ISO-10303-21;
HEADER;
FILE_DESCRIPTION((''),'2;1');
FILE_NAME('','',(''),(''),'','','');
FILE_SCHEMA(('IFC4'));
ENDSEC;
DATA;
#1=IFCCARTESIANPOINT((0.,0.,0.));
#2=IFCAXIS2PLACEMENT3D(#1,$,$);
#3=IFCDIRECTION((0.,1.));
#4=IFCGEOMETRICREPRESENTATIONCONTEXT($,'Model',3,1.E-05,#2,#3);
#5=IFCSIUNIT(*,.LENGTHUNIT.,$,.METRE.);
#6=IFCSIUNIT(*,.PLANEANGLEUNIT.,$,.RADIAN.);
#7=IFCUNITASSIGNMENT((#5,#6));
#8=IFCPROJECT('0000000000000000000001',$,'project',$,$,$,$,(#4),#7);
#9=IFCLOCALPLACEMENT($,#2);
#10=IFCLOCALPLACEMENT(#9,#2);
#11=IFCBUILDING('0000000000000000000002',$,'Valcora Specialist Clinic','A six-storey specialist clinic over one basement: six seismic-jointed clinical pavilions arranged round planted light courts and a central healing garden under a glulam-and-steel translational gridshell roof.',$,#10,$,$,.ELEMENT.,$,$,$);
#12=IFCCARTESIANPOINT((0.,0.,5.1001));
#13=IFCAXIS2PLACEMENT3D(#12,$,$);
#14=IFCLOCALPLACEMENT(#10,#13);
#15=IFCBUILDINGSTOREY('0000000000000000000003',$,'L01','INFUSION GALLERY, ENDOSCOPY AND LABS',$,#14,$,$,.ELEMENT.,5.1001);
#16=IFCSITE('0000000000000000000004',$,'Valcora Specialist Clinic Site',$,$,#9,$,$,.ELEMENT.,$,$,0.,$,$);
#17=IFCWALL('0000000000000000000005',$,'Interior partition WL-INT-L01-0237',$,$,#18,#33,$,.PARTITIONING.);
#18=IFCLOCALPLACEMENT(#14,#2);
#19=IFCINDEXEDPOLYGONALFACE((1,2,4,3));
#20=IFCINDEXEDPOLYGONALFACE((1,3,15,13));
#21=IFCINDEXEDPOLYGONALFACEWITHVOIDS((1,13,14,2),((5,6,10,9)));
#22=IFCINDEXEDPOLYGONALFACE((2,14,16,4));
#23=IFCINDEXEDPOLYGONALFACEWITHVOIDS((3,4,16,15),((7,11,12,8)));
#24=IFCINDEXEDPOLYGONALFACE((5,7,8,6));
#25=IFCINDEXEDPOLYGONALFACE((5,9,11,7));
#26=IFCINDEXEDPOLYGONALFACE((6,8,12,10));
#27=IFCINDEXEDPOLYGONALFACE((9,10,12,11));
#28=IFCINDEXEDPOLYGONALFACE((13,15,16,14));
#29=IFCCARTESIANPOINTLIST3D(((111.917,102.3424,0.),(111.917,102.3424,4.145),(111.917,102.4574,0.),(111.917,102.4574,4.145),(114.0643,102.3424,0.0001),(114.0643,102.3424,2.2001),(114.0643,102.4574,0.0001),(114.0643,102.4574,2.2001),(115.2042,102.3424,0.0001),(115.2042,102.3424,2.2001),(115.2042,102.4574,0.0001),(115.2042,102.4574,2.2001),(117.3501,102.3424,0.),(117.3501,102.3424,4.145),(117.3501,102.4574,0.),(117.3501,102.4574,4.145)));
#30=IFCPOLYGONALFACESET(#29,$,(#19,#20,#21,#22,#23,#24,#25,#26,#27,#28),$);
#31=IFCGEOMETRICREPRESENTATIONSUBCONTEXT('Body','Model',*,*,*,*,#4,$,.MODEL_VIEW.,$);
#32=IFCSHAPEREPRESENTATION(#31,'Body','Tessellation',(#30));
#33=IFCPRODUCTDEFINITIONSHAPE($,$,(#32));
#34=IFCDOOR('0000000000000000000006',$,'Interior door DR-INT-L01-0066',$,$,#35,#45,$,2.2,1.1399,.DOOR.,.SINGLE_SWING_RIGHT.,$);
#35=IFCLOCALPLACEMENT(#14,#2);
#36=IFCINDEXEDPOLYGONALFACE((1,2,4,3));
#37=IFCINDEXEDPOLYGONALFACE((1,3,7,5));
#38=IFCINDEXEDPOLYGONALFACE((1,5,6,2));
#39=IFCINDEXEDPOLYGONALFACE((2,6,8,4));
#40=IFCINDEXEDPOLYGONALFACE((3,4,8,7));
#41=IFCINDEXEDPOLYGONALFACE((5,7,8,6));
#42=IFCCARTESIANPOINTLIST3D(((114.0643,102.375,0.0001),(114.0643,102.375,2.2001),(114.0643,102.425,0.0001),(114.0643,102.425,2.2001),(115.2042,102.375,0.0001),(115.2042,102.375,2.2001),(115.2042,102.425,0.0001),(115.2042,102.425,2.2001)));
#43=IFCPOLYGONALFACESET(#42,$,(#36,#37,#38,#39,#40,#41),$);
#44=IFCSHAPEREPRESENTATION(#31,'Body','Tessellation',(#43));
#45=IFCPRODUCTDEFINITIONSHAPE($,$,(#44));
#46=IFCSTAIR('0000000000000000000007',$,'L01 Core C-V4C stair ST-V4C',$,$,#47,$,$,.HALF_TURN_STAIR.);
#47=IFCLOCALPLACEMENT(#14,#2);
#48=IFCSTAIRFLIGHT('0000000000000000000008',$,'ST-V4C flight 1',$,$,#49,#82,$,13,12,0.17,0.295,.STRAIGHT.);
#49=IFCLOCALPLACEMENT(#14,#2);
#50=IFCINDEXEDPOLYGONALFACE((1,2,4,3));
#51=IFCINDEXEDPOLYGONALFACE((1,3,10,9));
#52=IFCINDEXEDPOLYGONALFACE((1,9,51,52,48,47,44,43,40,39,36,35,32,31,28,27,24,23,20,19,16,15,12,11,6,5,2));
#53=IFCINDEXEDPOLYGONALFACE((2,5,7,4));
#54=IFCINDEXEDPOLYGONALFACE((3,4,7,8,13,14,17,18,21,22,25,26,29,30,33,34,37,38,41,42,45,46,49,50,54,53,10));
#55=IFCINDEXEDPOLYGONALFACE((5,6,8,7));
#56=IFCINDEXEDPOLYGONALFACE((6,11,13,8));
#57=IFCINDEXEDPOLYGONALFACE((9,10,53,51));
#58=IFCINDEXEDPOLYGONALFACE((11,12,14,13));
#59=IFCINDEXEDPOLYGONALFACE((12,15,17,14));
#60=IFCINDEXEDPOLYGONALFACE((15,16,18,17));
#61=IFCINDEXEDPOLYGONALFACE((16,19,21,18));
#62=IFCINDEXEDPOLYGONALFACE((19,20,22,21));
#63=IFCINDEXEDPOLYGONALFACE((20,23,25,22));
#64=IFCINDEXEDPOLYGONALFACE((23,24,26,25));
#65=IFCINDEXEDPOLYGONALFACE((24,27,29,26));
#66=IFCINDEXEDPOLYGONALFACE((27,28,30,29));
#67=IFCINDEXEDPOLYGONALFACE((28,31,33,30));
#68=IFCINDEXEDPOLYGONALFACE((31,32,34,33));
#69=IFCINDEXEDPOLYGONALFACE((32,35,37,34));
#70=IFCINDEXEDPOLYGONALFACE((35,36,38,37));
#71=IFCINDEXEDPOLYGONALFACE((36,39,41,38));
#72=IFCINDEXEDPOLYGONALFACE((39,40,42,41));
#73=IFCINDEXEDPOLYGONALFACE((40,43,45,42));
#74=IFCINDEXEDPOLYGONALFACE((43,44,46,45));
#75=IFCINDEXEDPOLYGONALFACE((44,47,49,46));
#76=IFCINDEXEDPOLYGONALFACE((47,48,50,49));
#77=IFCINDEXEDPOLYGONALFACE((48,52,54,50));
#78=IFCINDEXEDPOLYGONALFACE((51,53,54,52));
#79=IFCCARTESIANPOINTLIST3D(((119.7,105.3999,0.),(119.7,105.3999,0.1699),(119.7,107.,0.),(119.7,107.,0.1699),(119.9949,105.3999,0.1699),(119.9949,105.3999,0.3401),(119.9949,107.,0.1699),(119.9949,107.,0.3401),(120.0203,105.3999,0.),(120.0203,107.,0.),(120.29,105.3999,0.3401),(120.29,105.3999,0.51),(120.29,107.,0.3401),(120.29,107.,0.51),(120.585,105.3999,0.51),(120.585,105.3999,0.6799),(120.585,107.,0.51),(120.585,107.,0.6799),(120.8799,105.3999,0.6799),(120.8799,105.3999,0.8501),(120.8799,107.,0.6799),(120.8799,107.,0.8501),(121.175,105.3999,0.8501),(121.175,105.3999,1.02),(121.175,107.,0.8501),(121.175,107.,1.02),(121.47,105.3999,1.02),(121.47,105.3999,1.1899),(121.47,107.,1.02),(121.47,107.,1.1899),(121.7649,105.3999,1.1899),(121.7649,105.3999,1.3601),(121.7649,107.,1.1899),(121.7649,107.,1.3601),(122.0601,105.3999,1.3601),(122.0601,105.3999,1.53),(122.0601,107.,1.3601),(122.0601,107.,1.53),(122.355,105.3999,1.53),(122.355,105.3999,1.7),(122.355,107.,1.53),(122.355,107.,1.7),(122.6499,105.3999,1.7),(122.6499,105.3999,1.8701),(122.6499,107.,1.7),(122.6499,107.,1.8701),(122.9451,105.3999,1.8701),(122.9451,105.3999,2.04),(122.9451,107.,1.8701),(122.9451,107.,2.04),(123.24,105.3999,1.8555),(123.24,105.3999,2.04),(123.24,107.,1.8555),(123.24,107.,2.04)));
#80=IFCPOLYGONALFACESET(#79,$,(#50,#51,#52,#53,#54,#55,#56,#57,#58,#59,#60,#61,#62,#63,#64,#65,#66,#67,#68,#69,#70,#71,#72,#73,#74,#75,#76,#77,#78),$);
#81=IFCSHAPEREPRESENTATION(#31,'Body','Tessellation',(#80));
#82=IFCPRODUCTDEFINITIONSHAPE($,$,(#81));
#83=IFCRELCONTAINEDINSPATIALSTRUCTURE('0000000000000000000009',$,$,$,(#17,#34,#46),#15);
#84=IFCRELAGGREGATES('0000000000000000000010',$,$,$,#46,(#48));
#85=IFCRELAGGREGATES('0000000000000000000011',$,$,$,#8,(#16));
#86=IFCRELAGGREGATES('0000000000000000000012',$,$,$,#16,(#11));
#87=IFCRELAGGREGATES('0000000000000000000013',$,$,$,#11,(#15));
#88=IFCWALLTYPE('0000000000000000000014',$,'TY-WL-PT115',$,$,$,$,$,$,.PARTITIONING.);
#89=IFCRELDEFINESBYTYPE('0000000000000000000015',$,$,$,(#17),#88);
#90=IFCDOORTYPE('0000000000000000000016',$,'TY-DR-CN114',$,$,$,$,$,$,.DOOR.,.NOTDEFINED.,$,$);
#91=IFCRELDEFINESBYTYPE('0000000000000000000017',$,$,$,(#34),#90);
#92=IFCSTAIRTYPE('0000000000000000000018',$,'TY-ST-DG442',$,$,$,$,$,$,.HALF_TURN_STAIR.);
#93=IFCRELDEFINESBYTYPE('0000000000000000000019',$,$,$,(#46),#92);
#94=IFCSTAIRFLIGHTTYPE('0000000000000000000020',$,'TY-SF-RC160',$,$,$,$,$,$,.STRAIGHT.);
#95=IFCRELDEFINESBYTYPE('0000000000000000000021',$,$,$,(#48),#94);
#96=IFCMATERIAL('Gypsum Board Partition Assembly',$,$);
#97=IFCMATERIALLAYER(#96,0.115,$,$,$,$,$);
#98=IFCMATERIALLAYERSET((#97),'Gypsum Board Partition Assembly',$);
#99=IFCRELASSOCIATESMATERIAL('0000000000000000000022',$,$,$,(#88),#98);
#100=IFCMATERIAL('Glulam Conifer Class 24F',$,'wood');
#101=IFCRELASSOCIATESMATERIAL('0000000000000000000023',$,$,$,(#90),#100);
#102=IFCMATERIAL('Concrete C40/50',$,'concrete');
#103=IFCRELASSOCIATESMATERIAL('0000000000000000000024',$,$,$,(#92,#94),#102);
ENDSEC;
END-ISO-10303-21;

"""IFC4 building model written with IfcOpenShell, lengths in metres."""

from ifc_helpers import new_model, si_unit, direction, frame, frame_2d, origin, place, context, subcontext, project, spatial, polyline, rectangle, outline, extrude, material, layer, layer_set, type_object, element, fill, aggregate, save


model = new_model("IFC4")

# Units and contexts
model_context = context("Model", 3, precision=1e-05, world=origin(), true_north=direction((0.0, 1.0)))
body_context = subcontext(model_context, "Body", "Model", "MODEL_VIEW")
ifc_project = project(units=[si_unit("LENGTHUNIT", "METRE"), si_unit("PLANEANGLEUNIT", "RADIAN")], contexts=[model_context])

# Site, building, storey
site_placement = place(None, origin())
site = spatial("IfcSite", under=ifc_project, at=site_placement, Name="Valcora Specialist Clinic Site", CompositionType="ELEMENT", RefElevation=0.0)
building_placement = place(site_placement, origin())
building = spatial("IfcBuilding", under=site, at=building_placement, Name="Valcora Specialist Clinic", Description="A six-storey specialist clinic over one basement: six seismic-jointed clinical pavilions arranged round planted light courts and a central healing garden under a glulam-and-steel translational gridshell roof.", CompositionType="ELEMENT")
storey_placement = place(building_placement, frame((0.0, 0.0, 5.1001)))
storey = spatial("IfcBuildingStorey", under=building, at=storey_placement, Name="L01", Description="INFUSION GALLERY, ENDOSCOPY AND LABS", CompositionType="ELEMENT", Elevation=5.1001)

# Shared definitions
ifc_material_1 = material(Name="Concrete C40/50", Category="concrete")

# Shared definitions
ifc_material_2 = material(Name="Gypsum Board Partition Assembly")

# Wall, opening, door
ifc_layer_1 = layer(ifc_material_2, 0.115)
ifc_layer_set_1 = layer_set([ifc_layer_1], Name="Gypsum Board Partition Assembly")
wall_type_1 = type_object("IfcWallType", Name="TY-WL-PT115", PredefinedType="PARTITIONING", material=ifc_layer_set_1)
wall_1_placement = place(storey_placement, frame((117.3501, 102.3999, 0.0), z_axis=(0.0, 0.0, 1.0), x_axis=(-1.0, 0.0, 0.0)))
wall_1 = element("IfcWall", 1, at=wall_1_placement, inside=storey, type_object=wall_type_1, Name="Interior partition WL-INT-L01-0237", PredefinedType="PARTITIONING", context=body_context, shape_type="SweptSolid", body=[
    extrude(rectangle(XDim=5.4331, YDim=0.115, at=frame_2d((2.7166, 0.0))), origin(), (0.0, 0.0, 1.0), 4.145),
])
opening_1_placement = place(wall_1_placement, frame((2.146, 0.0, 0.0)))
opening_1 = element("IfcOpeningElement", 2, at=opening_1_placement, cuts=wall_1, PredefinedType="OPENING", context=body_context, shape_type="SweptSolid", body=[
    extrude(rectangle(XDim=1.1399, YDim=2.2, at=frame_2d((0.5698, 1.1001))), frame((0.0, 0.0674, 0.0), z_axis=(0.0, -1.0, 0.0), x_axis=(1.0, 0.0, 0.0)), (0.0, 0.0, 1.0), 0.135),
])
ifc_material_3 = material(Name="Glulam Conifer Class 24F", Category="wood")
door_type_1 = type_object("IfcDoorType", Name="TY-DR-CN114", OperationType="NOTDEFINED", PredefinedType="DOOR", material=ifc_material_3)
door_1_placement = place(opening_1_placement, origin())
door_1 = element("IfcDoor", 3, at=door_1_placement, inside=storey, type_object=door_type_1, Name="Interior door DR-INT-L01-0066", OperationType="SINGLE_SWING_RIGHT", OverallHeight=2.2, OverallWidth=1.1399, PredefinedType="DOOR", context=body_context, shape_type="SweptSolid", body=[
    extrude(rectangle(XDim=1.1399, YDim=2.2, at=frame_2d((0.5698, 1.1001))), frame((0.0, 0.0249, 0.0), z_axis=(0.0, -1.0, 0.0), x_axis=(1.0, 0.0, 0.0)), (0.0, 0.0, 1.0), 0.05),
])
fill(opening_1, door_1)

# Stair, stair flight
stair_type = type_object("IfcStairType", Name="TY-ST-DG442", PredefinedType="HALF_TURN_STAIR", material=ifc_material_1)
stair_placement = place(storey_placement, origin())
stair = element("IfcStair", 4, at=stair_placement, inside=storey, type_object=stair_type, Name="L01 Core C-V4C stair ST-V4C", PredefinedType="HALF_TURN_STAIR")
stair_flight_type = type_object("IfcStairFlightType", Name="TY-SF-RC160", PredefinedType="STRAIGHT", material=ifc_material_1)
stair_flight_placement = place(storey_placement, frame((119.7, 106.2, 0.0), z_axis=(0.0, 0.0, 1.0), x_axis=(1.0, 0.0, 0.0)))
stair_flight = element("IfcStairFlight", 5, at=stair_flight_placement, type_object=stair_flight_type, Name="ST-V4C flight 1", NumberOfRisers=13, NumberOfTreads=12, PredefinedType="STRAIGHT", RiserHeight=0.17, TreadLength=0.295, context=body_context, shape_type="SweptSolid", body=[
    extrude(outline(polyline([(0.0, 0.0), (0.0, 0.1699), (0.2949, 0.1699), (0.2949, 0.3401), (0.5901, 0.3401), (0.5901, 0.51), (0.885, 0.51), (0.885, 0.6799), (1.1799, 0.6799), (1.1799, 0.8501), (1.4751, 0.8501), (1.4751, 1.02), (1.77, 1.02), (1.77, 1.1899), (2.0649, 1.1899), (2.0649, 1.3601), (2.3601, 1.3601), (2.3601, 1.53), (2.655, 1.53), (2.655, 1.7), (2.95, 1.7), (2.95, 1.8701), (3.2451, 1.8701), (3.2451, 2.04), (3.54, 2.04), (3.54, 2.21), (3.54, 1.8555), (0.3203, 0.0), (0.0, 0.0)])), frame((0.0, 0.8, 0.0), z_axis=(0.0, -1.0, 0.0), x_axis=(1.0, 0.0, 0.0)), (0.0, 0.0, 1.0), 1.6001),
])
aggregate(stair, [stair_flight])

save(model, "model.ifc")
